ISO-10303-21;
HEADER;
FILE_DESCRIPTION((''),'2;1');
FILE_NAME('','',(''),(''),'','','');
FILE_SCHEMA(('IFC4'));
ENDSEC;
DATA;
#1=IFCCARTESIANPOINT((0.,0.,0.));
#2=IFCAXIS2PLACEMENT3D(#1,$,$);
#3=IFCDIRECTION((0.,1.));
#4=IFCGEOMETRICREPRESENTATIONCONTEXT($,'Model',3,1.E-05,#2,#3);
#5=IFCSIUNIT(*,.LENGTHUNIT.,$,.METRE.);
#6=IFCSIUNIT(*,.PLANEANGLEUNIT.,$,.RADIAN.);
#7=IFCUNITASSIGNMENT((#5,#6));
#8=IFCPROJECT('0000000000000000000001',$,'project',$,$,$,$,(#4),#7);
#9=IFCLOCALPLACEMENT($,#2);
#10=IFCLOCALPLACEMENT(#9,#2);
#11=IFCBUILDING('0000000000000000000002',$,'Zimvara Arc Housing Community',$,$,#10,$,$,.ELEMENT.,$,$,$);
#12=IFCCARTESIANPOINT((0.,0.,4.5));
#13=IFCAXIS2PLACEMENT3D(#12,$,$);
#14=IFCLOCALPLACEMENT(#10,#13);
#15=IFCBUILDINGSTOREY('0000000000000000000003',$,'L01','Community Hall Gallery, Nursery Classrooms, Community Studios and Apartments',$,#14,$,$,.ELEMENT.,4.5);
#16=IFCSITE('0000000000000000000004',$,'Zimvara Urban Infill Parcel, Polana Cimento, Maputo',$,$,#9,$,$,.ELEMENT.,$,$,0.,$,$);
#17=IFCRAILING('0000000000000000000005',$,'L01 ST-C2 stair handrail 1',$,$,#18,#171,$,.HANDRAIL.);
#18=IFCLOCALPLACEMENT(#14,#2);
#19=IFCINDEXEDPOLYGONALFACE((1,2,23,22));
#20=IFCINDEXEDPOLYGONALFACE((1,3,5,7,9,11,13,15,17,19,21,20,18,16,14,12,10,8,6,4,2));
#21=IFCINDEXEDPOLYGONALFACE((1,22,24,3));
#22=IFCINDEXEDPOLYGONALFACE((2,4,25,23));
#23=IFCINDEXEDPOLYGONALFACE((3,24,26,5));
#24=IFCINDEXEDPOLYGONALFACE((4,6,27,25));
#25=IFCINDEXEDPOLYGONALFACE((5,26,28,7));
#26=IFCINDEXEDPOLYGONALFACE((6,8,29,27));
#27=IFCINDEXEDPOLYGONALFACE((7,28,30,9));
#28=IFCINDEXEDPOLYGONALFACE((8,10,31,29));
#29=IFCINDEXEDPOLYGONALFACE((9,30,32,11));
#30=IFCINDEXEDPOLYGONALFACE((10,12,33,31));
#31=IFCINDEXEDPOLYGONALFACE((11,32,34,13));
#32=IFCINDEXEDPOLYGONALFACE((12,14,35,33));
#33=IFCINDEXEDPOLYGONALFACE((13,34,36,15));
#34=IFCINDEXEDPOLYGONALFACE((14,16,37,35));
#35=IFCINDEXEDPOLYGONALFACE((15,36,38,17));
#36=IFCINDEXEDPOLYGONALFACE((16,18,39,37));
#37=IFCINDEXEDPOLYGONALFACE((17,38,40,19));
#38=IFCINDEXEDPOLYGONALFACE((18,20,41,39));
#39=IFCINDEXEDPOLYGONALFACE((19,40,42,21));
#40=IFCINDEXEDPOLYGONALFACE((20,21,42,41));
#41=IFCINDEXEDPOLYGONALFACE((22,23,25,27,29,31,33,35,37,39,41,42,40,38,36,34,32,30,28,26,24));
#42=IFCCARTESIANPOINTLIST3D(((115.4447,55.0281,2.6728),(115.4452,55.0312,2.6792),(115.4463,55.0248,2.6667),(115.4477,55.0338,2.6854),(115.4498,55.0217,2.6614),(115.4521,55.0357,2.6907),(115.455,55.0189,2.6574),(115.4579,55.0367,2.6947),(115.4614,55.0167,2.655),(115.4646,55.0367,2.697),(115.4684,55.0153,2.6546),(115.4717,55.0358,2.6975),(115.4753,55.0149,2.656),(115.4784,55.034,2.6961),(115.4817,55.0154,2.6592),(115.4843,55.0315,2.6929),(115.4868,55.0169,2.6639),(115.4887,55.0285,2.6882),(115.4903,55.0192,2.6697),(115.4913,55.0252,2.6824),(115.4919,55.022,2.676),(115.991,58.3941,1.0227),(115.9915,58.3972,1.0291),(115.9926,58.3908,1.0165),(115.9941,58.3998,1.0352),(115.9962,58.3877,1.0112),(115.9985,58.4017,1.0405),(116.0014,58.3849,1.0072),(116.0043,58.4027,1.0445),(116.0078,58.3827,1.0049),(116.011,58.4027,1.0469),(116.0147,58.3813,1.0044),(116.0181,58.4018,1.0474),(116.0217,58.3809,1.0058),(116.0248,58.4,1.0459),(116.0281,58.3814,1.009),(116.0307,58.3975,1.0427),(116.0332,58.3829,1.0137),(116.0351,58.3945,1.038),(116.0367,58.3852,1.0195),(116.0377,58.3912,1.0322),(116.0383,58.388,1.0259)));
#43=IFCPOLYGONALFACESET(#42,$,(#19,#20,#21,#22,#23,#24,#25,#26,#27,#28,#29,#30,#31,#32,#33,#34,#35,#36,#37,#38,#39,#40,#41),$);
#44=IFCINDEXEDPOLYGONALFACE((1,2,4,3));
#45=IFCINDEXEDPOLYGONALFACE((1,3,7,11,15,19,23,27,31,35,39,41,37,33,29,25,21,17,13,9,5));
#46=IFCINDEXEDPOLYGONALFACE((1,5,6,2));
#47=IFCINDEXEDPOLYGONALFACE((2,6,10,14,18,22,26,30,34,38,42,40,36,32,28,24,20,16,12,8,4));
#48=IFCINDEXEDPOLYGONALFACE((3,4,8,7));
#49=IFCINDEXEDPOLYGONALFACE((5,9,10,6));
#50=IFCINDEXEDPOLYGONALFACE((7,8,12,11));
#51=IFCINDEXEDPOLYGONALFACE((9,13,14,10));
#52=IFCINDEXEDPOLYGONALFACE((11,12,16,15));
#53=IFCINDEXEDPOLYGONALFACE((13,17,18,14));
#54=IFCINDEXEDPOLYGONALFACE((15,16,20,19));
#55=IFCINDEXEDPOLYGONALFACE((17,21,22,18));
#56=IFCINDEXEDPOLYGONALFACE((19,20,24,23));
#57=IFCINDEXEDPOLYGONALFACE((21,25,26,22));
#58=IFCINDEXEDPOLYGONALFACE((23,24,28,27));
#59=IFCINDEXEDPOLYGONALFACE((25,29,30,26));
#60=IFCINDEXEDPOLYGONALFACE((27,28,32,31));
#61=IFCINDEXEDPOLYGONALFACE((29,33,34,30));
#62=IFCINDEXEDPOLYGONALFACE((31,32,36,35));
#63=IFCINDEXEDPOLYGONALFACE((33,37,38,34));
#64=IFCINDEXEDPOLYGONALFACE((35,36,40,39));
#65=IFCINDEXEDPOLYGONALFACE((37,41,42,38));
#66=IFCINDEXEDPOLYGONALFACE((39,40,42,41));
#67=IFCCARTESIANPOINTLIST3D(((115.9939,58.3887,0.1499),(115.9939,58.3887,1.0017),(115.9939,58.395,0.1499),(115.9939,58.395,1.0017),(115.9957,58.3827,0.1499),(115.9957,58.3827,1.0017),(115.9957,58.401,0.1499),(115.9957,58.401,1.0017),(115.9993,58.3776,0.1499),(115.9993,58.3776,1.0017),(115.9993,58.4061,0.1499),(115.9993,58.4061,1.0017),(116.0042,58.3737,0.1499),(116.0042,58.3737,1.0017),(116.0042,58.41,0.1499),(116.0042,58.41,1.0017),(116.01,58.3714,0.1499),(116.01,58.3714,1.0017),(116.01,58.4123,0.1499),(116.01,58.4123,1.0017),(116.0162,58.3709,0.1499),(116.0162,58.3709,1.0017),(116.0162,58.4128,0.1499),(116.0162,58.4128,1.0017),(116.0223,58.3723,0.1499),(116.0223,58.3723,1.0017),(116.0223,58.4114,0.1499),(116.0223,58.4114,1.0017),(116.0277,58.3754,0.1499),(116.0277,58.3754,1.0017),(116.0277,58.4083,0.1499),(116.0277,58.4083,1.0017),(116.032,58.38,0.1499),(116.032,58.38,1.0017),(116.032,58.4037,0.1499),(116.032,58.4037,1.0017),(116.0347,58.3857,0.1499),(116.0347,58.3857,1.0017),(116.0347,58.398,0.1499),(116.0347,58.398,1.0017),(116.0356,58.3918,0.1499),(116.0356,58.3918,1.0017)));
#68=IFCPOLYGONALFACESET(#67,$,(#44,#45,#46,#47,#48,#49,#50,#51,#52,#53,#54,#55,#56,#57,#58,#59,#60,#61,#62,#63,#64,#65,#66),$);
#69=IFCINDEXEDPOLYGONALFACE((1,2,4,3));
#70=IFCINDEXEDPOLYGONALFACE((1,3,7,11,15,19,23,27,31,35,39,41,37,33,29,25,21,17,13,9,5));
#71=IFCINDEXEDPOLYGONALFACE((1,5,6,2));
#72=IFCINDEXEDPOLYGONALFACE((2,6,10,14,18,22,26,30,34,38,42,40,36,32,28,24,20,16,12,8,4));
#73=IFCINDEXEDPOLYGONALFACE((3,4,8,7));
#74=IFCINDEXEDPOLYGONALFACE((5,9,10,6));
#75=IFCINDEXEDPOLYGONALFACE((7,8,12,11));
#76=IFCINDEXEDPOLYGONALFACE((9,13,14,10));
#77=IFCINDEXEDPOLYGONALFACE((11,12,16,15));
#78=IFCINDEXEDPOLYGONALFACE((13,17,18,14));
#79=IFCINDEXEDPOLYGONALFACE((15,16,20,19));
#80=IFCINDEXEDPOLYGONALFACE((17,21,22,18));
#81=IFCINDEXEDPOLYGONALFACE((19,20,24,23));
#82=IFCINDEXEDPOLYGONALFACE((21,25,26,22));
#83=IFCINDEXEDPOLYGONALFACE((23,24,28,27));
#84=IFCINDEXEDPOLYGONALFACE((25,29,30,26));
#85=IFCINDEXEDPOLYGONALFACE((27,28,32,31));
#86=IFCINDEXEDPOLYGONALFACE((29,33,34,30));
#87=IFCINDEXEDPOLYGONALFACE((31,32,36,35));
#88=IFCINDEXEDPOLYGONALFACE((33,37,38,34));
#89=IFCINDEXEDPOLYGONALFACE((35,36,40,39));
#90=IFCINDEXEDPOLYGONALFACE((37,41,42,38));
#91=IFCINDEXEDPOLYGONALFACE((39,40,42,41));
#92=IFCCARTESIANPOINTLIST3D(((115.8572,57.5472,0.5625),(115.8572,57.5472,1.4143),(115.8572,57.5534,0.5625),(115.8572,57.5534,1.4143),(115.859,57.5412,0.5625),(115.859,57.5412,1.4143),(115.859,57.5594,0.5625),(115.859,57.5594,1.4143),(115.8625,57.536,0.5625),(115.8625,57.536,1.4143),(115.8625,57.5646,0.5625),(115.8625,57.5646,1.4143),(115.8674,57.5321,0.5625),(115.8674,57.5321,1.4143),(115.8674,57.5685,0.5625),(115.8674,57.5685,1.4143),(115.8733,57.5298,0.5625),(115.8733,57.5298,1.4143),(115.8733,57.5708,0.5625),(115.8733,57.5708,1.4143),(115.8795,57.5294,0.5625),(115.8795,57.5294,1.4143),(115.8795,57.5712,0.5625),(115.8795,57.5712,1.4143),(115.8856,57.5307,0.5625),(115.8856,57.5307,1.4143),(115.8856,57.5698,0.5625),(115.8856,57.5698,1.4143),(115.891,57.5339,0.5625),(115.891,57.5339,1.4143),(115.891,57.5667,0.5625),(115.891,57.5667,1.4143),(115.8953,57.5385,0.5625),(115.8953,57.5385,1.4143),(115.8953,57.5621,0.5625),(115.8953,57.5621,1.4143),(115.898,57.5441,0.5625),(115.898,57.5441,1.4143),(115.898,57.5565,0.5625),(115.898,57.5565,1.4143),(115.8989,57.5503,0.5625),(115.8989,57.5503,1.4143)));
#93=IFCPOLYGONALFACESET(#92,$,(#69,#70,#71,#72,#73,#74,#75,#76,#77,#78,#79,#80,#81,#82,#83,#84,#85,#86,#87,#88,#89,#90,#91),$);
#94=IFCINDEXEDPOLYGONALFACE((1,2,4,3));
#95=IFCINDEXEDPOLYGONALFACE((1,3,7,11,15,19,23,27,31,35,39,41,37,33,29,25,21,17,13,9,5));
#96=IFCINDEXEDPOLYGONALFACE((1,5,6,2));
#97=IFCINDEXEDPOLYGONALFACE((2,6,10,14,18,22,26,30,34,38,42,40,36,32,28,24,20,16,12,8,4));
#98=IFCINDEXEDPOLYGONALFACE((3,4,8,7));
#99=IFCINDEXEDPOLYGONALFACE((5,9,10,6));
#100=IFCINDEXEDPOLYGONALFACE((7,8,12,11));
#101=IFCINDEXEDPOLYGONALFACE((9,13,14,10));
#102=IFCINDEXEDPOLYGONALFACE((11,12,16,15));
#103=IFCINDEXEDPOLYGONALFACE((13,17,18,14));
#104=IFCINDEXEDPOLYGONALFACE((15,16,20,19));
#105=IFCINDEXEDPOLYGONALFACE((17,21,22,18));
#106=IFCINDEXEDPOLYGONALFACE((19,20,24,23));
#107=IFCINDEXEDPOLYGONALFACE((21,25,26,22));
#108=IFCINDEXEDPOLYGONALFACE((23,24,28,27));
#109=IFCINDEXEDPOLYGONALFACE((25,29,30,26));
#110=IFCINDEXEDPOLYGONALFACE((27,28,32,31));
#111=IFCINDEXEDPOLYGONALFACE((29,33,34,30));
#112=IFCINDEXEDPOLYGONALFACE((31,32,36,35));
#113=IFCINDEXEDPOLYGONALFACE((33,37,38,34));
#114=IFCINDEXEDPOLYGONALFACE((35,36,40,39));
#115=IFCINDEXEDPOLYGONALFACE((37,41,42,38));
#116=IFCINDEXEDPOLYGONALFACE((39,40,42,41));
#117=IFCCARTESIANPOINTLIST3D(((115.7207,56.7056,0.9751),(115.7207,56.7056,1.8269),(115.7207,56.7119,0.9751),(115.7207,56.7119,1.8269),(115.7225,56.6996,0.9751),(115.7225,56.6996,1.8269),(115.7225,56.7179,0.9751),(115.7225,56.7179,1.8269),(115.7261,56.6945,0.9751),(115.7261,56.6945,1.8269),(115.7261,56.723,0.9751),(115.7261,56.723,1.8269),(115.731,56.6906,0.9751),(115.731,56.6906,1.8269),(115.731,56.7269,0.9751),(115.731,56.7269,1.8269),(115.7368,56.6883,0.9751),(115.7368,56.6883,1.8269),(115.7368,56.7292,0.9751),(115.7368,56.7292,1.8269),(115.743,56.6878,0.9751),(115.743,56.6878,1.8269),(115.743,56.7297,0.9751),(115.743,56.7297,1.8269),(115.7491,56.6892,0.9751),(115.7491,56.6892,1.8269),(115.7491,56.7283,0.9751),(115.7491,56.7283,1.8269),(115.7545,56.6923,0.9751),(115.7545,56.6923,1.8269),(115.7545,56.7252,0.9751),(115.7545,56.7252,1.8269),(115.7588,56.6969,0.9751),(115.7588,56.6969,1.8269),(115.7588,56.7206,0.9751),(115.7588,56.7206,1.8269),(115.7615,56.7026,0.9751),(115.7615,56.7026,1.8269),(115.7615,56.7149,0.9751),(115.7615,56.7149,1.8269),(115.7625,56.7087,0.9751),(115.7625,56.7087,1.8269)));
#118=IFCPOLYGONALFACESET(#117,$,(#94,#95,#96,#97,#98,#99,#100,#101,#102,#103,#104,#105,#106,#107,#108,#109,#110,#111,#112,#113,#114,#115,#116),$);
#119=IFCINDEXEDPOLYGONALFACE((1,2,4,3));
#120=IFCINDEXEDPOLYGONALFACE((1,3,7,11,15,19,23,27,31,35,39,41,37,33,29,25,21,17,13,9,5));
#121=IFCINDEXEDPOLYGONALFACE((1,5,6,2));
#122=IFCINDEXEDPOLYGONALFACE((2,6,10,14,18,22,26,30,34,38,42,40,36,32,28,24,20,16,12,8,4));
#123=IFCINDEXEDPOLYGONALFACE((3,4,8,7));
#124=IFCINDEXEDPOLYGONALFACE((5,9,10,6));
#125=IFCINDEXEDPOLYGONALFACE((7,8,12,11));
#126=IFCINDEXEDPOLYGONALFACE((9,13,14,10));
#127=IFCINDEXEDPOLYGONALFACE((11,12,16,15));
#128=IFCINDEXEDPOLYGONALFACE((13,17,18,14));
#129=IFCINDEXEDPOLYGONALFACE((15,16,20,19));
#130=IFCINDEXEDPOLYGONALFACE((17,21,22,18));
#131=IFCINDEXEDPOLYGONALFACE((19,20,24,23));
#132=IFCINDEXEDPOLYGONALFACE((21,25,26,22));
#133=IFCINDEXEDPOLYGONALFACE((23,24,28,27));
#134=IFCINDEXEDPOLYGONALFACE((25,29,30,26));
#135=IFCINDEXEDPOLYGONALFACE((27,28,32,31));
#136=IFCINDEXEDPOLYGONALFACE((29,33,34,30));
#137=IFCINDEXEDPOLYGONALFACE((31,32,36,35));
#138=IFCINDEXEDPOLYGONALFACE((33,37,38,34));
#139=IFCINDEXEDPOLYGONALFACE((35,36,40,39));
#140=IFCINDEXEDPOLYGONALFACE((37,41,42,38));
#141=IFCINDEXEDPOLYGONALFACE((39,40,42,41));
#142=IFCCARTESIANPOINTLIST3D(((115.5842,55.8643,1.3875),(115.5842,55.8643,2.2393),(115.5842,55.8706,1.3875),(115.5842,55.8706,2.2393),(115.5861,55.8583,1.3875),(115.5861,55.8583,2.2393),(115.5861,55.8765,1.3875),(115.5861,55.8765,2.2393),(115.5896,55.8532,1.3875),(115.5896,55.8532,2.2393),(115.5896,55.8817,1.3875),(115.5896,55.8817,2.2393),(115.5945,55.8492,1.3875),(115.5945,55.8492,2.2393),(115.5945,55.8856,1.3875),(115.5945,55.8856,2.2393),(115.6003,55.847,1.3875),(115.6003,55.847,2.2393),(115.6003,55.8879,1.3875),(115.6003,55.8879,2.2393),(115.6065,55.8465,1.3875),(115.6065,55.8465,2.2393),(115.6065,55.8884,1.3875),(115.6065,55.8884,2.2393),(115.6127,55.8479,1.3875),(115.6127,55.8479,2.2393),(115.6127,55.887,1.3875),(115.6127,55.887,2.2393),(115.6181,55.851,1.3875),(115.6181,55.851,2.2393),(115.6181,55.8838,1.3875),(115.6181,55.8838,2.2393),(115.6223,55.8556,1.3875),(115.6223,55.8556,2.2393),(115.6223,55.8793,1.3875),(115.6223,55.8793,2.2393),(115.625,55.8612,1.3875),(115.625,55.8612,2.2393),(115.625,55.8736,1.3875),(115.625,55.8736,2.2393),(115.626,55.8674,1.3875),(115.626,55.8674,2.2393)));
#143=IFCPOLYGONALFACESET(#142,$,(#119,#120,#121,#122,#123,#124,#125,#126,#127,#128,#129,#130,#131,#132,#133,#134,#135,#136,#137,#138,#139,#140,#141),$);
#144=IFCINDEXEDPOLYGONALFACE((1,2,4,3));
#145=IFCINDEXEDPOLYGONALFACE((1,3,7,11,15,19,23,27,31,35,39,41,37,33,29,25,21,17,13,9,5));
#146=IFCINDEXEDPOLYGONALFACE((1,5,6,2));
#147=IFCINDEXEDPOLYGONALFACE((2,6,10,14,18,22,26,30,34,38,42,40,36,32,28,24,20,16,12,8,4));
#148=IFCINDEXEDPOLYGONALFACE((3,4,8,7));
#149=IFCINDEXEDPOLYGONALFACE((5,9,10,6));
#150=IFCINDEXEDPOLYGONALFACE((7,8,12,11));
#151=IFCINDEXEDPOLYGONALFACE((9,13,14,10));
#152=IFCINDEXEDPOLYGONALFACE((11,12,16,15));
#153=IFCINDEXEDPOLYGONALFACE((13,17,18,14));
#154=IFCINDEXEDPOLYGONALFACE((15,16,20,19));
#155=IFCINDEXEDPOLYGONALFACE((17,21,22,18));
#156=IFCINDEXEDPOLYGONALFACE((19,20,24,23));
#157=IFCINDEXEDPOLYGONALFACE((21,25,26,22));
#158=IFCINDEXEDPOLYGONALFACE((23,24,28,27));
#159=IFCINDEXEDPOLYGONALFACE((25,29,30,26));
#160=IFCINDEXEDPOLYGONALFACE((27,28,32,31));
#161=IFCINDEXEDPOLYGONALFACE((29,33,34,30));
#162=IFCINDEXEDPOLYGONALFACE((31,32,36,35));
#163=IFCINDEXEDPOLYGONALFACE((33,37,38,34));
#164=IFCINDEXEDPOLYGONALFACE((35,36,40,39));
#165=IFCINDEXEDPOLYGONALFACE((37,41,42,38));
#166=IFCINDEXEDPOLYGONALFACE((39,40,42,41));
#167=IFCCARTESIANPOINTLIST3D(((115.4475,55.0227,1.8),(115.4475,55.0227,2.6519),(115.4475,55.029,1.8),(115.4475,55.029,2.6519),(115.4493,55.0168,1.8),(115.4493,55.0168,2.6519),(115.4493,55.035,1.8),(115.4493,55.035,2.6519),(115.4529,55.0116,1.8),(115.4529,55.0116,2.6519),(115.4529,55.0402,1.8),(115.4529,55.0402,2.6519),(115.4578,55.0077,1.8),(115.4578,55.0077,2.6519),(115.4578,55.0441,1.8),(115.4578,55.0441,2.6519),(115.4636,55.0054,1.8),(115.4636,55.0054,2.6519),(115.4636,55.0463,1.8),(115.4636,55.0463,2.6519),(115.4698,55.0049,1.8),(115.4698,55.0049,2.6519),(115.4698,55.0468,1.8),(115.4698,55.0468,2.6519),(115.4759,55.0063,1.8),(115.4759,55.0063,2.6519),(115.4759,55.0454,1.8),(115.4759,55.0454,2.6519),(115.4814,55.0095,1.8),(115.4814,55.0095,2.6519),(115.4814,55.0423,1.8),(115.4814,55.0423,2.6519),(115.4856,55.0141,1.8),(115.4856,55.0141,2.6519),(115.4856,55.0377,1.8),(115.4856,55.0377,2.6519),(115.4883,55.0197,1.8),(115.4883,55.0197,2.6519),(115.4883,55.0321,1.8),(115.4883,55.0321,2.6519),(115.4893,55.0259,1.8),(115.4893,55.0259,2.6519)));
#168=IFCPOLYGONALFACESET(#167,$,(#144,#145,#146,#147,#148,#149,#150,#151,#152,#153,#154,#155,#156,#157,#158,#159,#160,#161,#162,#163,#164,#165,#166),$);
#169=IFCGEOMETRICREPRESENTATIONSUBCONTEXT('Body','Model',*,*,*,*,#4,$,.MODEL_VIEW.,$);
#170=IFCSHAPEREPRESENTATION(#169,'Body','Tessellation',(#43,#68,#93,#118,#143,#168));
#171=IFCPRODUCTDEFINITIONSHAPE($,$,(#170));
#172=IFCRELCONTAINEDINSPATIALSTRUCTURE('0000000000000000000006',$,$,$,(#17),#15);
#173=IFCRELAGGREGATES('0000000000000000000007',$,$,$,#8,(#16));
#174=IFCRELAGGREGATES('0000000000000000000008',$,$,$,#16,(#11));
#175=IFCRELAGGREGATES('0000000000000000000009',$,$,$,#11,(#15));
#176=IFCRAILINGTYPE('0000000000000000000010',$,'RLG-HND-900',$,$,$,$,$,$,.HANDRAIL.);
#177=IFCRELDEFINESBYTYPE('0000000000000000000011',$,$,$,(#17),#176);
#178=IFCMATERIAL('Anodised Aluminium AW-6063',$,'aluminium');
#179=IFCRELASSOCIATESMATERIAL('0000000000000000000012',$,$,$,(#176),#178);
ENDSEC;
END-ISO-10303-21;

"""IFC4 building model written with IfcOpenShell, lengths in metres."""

from ifc_helpers import new_model, si_unit, direction, frame, origin, origin_2d, place, context, subcontext, project, spatial, circle, extrude, material, type_object, element, save


model = new_model("IFC4")

# Units and contexts
model_context = context("Model", 3, precision=1e-05, world=origin(), true_north=direction((0.0, 1.0)))
body_context = subcontext(model_context, "Body", "Model", "MODEL_VIEW")
ifc_project = project(units=[si_unit("LENGTHUNIT", "METRE"), si_unit("PLANEANGLEUNIT", "RADIAN")], contexts=[model_context])

# Site, building, storey
site_placement = place(None, origin())
site = spatial("IfcSite", under=ifc_project, at=site_placement, Name="Zimvara Urban Infill Parcel, Polana Cimento, Maputo", CompositionType="ELEMENT", RefElevation=0.0)
building_placement = place(site_placement, origin())
building = spatial("IfcBuilding", under=site, at=building_placement, Name="Zimvara Arc Housing Community", CompositionType="ELEMENT")
storey_placement = place(building_placement, frame((0.0, 0.0, 4.5)))
storey = spatial("IfcBuildingStorey", under=building, at=storey_placement, Name="L01", Description="Community Hall Gallery, Nursery Classrooms, Community Studios and Apartments", CompositionType="ELEMENT", Elevation=4.5)

# Railing
ifc_material_1 = material(Name="Anodised Aluminium AW-6063", Category="aluminium")
railing_type_1 = type_object("IfcRailingType", Name="RLG-HND-900", PredefinedType="HANDRAIL", material=ifc_material_1)
railing_1_placement = place(storey_placement, frame((116.0146, 58.3918, 0.1499)))
element("IfcRailing", 1, at=railing_1_placement, inside=storey, type_object=railing_type_1, Name="L01 ST-C2 stair handrail 1", PredefinedType="HANDRAIL", context=body_context, shape_type="SweptSolid", body=[
    extrude(circle(Radius=0.0239, at=origin_2d()), frame((0.0, 0.0, 0.876), z_axis=(-0.14423, -0.888515, 0.43559), x_axis=(0.98708, -0.16023, 0.0)), (0.0, 0.0, 1.0), 3.7883),
    extrude(circle(Radius=0.021, at=origin_2d()), origin(), (0.0, 0.0, 1.0), 0.8518),
    extrude(circle(Radius=0.021, at=origin_2d()), frame((-0.1367, -0.8416, 0.4126)), (0.0, 0.0, 1.0), 0.8518),
    extrude(circle(Radius=0.021, at=origin_2d()), frame((-0.2732, -1.6831, 0.8252)), (0.0, 0.0, 1.0), 0.8518),
    extrude(circle(Radius=0.021, at=origin_2d()), frame((-0.4097, -2.5244, 1.2375)), (0.0, 0.0, 1.0), 0.8518),
    extrude(circle(Radius=0.021, at=origin_2d()), frame((-0.5464, -3.366, 1.6501)), (0.0, 0.0, 1.0), 0.8518),
])

save(model, "model.ifc")
